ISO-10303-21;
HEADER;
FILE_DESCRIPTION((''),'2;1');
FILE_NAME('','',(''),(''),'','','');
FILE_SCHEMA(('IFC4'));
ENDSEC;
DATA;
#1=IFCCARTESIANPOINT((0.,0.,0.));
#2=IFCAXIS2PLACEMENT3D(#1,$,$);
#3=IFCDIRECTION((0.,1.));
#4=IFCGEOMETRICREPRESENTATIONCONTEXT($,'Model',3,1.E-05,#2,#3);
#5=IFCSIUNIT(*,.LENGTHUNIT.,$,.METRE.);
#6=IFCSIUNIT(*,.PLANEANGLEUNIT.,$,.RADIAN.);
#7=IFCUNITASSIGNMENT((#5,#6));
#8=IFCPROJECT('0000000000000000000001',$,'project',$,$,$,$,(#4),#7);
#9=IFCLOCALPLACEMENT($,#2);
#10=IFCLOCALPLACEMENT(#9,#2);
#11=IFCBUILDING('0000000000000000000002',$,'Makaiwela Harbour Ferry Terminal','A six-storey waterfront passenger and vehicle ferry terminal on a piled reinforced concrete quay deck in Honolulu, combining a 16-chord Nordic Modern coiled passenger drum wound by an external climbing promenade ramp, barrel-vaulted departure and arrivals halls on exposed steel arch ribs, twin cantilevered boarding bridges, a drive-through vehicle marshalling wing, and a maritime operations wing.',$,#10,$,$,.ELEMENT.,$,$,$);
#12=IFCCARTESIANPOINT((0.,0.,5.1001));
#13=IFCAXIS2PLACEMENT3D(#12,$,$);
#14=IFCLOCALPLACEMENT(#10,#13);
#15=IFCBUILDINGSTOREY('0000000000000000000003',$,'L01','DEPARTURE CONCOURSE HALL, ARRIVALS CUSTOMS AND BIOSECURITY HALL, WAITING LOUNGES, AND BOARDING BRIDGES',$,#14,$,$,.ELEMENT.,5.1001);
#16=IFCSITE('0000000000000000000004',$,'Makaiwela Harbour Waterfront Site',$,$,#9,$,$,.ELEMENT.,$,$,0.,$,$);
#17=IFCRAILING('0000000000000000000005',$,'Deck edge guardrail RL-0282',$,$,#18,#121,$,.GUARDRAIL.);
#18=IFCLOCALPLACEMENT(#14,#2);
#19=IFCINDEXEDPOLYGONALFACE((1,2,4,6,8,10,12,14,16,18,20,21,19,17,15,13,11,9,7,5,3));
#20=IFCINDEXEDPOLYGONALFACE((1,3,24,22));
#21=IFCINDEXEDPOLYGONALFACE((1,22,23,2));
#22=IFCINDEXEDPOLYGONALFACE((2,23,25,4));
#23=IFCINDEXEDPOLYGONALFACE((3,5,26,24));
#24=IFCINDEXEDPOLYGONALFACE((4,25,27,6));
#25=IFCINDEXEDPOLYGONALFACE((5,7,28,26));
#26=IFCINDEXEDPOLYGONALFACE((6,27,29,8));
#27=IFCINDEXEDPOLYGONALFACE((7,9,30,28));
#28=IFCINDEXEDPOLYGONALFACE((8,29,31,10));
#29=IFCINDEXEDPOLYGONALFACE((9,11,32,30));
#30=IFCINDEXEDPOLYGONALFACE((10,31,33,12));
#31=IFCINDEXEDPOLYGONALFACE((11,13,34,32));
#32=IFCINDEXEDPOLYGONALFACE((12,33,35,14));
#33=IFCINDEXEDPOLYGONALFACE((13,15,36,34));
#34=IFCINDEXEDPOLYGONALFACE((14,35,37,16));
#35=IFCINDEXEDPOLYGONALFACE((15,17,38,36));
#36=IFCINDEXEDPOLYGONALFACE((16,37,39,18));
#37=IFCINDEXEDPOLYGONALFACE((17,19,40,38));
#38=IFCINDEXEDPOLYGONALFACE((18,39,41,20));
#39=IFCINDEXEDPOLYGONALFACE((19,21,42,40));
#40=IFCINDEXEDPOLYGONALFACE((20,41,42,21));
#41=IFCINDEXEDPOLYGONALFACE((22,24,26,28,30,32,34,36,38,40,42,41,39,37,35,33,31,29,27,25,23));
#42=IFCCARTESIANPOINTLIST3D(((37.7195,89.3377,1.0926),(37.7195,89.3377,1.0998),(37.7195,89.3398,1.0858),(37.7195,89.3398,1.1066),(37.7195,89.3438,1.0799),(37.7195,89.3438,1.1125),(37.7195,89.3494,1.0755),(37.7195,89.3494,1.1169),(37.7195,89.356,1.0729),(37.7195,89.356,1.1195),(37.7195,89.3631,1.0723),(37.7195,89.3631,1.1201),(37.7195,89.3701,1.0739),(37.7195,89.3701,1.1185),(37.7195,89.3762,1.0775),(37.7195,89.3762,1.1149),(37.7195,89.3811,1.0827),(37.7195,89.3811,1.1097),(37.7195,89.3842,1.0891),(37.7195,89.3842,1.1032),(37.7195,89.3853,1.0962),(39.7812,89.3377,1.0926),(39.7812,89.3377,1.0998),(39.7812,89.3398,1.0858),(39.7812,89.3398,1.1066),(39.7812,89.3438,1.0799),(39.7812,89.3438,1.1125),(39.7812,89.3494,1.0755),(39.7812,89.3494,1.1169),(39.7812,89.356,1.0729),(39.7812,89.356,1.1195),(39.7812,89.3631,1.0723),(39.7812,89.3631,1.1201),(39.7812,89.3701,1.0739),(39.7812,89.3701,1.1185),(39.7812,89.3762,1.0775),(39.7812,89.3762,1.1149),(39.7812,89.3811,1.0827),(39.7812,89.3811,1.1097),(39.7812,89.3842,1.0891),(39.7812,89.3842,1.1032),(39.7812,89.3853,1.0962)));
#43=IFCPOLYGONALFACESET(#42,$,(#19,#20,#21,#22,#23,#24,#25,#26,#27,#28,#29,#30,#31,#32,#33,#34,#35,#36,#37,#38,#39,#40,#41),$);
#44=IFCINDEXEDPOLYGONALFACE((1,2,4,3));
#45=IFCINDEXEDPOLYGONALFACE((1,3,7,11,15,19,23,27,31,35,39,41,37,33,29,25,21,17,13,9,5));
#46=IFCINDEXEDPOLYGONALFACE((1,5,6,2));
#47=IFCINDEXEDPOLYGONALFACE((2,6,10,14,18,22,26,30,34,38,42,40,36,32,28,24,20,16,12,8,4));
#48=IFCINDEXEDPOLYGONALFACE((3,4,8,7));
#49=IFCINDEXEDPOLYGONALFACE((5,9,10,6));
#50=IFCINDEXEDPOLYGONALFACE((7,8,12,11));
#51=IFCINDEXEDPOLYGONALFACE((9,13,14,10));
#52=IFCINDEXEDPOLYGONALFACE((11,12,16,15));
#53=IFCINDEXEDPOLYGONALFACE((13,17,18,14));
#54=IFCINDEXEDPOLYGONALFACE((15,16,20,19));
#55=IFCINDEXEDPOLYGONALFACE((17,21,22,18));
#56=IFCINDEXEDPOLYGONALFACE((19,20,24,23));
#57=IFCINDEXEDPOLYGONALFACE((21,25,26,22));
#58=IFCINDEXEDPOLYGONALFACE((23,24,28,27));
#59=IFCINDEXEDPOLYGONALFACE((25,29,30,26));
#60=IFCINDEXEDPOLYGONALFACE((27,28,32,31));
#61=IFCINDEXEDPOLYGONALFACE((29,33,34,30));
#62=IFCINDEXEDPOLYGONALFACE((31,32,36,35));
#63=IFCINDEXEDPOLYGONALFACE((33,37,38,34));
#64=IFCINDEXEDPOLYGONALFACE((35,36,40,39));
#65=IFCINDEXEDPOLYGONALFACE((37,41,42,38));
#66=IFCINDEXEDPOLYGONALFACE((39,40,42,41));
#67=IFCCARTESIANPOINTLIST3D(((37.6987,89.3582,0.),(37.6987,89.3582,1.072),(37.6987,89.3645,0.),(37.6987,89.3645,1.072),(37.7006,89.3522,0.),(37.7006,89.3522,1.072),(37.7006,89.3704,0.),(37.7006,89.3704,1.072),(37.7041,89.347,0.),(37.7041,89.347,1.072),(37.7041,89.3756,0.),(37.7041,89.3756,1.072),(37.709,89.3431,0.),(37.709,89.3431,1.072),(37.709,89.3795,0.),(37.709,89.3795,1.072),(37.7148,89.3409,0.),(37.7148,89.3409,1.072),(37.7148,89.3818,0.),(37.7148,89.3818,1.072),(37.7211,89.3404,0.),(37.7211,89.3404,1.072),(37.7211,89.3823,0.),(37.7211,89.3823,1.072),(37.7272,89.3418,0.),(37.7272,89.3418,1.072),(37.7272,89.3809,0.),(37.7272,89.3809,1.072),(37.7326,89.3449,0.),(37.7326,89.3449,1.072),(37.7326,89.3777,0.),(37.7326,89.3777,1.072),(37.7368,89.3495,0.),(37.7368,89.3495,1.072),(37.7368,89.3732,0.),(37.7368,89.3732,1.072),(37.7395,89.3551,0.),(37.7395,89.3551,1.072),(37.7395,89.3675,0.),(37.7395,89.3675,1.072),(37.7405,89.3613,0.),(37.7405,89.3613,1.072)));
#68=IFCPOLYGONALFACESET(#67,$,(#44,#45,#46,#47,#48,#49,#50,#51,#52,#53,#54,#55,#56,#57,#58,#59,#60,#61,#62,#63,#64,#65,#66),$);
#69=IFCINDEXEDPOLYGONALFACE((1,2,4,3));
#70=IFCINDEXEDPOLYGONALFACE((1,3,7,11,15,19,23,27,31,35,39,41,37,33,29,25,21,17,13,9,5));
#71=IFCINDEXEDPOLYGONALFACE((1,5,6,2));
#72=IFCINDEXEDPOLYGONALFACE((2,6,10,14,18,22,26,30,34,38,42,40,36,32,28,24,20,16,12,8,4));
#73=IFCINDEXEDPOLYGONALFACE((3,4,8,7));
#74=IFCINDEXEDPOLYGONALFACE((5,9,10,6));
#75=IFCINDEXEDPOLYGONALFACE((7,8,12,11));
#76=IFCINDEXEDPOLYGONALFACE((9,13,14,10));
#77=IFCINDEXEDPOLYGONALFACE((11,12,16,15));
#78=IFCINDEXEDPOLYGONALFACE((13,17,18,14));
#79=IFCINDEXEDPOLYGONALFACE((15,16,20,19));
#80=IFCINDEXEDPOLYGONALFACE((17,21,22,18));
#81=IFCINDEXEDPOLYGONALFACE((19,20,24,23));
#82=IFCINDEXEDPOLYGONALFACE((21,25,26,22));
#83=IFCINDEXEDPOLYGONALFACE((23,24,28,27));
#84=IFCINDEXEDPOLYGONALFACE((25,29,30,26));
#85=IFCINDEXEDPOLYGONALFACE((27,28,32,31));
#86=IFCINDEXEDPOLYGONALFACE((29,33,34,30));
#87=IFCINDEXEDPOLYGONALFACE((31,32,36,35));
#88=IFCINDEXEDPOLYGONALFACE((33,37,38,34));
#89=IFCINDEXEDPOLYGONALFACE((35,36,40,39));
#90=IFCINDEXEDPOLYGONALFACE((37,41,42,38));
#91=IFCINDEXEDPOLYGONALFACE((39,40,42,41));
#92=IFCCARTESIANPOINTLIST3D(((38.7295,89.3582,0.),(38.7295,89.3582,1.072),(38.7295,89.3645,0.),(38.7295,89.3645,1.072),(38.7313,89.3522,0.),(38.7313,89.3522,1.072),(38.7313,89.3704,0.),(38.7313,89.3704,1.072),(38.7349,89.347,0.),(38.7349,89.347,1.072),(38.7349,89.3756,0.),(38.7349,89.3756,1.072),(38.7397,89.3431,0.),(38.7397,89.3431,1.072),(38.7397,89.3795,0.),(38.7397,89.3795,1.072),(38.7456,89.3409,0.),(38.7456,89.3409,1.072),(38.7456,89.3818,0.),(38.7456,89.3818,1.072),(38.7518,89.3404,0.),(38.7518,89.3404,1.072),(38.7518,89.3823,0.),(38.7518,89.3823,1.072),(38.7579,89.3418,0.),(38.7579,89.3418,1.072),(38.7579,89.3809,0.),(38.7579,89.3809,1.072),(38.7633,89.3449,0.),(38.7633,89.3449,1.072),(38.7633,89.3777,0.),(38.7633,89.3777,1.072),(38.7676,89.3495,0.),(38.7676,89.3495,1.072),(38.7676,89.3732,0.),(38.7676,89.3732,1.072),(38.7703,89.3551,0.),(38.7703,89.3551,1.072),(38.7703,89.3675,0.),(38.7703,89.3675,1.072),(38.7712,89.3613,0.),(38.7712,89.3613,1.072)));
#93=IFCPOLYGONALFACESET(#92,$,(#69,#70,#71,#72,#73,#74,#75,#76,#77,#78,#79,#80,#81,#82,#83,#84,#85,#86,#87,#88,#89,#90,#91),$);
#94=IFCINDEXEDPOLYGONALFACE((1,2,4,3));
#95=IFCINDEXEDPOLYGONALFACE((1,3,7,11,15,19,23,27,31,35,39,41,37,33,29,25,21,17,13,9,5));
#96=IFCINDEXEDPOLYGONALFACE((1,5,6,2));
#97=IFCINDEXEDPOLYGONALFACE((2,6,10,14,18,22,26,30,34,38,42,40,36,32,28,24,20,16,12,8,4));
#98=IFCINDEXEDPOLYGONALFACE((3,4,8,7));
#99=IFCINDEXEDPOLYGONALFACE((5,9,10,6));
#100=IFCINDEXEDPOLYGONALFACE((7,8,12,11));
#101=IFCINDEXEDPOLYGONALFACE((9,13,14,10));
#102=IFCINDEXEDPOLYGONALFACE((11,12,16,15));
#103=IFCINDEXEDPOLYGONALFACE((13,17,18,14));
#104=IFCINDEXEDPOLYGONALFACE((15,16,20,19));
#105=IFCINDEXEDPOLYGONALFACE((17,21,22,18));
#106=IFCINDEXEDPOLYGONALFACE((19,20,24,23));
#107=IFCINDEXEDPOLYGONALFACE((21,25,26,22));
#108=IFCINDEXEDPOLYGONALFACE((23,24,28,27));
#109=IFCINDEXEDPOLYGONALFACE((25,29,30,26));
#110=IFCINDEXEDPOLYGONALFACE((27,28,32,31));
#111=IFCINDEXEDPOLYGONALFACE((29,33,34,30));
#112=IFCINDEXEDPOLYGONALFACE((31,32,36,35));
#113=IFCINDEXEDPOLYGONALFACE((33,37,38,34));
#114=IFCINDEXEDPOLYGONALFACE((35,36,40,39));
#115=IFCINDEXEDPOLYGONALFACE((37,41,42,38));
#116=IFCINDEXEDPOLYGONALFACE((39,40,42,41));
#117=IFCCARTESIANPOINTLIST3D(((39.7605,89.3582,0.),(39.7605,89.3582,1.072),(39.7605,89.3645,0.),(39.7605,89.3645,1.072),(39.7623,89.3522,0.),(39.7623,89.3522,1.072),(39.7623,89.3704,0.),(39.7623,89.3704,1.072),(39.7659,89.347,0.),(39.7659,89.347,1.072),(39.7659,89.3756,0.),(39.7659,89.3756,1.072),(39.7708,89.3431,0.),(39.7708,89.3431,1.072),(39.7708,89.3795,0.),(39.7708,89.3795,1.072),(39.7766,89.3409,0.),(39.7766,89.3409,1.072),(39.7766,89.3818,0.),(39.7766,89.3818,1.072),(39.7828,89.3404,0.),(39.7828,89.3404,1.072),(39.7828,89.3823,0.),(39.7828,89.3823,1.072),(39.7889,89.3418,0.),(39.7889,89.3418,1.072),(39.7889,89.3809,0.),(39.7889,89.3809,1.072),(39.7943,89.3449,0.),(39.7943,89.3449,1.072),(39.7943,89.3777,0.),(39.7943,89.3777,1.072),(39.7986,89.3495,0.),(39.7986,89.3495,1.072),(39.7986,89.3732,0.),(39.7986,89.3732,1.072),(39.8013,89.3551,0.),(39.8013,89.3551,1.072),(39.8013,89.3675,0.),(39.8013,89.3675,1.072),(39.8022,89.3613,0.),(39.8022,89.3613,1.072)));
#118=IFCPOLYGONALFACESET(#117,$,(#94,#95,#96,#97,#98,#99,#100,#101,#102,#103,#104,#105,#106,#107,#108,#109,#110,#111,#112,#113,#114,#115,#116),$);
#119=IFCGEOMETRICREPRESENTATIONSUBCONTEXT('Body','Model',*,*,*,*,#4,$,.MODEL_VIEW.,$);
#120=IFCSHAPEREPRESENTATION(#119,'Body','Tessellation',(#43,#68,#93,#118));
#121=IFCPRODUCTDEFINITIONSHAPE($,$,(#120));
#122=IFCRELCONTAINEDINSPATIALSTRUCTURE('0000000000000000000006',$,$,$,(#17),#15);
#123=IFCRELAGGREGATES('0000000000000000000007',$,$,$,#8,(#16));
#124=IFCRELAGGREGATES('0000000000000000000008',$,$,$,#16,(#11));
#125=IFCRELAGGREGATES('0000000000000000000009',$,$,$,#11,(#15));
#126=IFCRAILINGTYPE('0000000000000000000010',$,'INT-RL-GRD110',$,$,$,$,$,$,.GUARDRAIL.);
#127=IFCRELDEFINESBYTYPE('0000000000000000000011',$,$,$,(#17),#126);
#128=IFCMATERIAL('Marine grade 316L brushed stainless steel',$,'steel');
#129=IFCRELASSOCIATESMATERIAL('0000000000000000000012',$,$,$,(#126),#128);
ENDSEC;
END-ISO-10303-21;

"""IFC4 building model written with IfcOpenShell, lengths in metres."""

from ifc_helpers import new_model, si_unit, direction, frame, origin, origin_2d, place, context, subcontext, project, spatial, circle, extrude, material, type_object, element, save


model = new_model("IFC4")

# Units and contexts
model_context = context("Model", 3, precision=1e-05, world=origin(), true_north=direction((0.0, 1.0)))
body_context = subcontext(model_context, "Body", "Model", "MODEL_VIEW")
ifc_project = project(units=[si_unit("LENGTHUNIT", "METRE"), si_unit("PLANEANGLEUNIT", "RADIAN")], contexts=[model_context])

# Site, building, storey
site_placement = place(None, origin())
site = spatial("IfcSite", under=ifc_project, at=site_placement, Name="Makaiwela Harbour Waterfront Site", CompositionType="ELEMENT", RefElevation=0.0)
building_placement = place(site_placement, origin())
building = spatial("IfcBuilding", under=site, at=building_placement, Name="Makaiwela Harbour Ferry Terminal", Description="A six-storey waterfront passenger and vehicle ferry terminal on a piled reinforced concrete quay deck in Honolulu, combining a 16-chord Nordic Modern coiled passenger drum wound by an external climbing promenade ramp, barrel-vaulted departure and arrivals halls on exposed steel arch ribs, twin cantilevered boarding bridges, a drive-through vehicle marshalling wing, and a maritime operations wing.", CompositionType="ELEMENT")
storey_placement = place(building_placement, frame((0.0, 0.0, 5.1001)))
storey = spatial("IfcBuildingStorey", under=building, at=storey_placement, Name="L01", Description="DEPARTURE CONCOURSE HALL, ARRIVALS CUSTOMS AND BIOSECURITY HALL, WAITING LOUNGES, AND BOARDING BRIDGES", CompositionType="ELEMENT", Elevation=5.1001)

# Railing
ifc_material_1 = material(Name="Marine grade 316L brushed stainless steel", Category="steel")
railing_type_1 = type_object("IfcRailingType", Name="INT-RL-GRD110", PredefinedType="GUARDRAIL", material=ifc_material_1)
railing_1_placement = place(storey_placement, frame((37.7195, 89.3613, 0.0)))
element("IfcRailing", 1, at=railing_1_placement, inside=storey, type_object=railing_type_1, Name="Deck edge guardrail RL-0282", PredefinedType="GUARDRAIL", context=body_context, shape_type="SweptSolid", body=[
    extrude(circle(Radius=0.0239, at=origin_2d()), frame((0.0, 0.0, 1.0962), z_axis=(1.0, 0.0, 0.0), x_axis=(0.0, 1.0, 0.0)), (0.0, 0.0, 1.0), 2.0618),
    extrude(circle(Radius=0.021, at=origin_2d()), origin(), (0.0, 0.0, 1.0), 1.072),
    extrude(circle(Radius=0.021, at=origin_2d()), frame((1.0308, 0.0, 0.0)), (0.0, 0.0, 1.0), 1.072),
    extrude(circle(Radius=0.021, at=origin_2d()), frame((2.0618, 0.0, 0.0)), (0.0, 0.0, 1.0), 1.072),
])

save(model, "model.ifc")
